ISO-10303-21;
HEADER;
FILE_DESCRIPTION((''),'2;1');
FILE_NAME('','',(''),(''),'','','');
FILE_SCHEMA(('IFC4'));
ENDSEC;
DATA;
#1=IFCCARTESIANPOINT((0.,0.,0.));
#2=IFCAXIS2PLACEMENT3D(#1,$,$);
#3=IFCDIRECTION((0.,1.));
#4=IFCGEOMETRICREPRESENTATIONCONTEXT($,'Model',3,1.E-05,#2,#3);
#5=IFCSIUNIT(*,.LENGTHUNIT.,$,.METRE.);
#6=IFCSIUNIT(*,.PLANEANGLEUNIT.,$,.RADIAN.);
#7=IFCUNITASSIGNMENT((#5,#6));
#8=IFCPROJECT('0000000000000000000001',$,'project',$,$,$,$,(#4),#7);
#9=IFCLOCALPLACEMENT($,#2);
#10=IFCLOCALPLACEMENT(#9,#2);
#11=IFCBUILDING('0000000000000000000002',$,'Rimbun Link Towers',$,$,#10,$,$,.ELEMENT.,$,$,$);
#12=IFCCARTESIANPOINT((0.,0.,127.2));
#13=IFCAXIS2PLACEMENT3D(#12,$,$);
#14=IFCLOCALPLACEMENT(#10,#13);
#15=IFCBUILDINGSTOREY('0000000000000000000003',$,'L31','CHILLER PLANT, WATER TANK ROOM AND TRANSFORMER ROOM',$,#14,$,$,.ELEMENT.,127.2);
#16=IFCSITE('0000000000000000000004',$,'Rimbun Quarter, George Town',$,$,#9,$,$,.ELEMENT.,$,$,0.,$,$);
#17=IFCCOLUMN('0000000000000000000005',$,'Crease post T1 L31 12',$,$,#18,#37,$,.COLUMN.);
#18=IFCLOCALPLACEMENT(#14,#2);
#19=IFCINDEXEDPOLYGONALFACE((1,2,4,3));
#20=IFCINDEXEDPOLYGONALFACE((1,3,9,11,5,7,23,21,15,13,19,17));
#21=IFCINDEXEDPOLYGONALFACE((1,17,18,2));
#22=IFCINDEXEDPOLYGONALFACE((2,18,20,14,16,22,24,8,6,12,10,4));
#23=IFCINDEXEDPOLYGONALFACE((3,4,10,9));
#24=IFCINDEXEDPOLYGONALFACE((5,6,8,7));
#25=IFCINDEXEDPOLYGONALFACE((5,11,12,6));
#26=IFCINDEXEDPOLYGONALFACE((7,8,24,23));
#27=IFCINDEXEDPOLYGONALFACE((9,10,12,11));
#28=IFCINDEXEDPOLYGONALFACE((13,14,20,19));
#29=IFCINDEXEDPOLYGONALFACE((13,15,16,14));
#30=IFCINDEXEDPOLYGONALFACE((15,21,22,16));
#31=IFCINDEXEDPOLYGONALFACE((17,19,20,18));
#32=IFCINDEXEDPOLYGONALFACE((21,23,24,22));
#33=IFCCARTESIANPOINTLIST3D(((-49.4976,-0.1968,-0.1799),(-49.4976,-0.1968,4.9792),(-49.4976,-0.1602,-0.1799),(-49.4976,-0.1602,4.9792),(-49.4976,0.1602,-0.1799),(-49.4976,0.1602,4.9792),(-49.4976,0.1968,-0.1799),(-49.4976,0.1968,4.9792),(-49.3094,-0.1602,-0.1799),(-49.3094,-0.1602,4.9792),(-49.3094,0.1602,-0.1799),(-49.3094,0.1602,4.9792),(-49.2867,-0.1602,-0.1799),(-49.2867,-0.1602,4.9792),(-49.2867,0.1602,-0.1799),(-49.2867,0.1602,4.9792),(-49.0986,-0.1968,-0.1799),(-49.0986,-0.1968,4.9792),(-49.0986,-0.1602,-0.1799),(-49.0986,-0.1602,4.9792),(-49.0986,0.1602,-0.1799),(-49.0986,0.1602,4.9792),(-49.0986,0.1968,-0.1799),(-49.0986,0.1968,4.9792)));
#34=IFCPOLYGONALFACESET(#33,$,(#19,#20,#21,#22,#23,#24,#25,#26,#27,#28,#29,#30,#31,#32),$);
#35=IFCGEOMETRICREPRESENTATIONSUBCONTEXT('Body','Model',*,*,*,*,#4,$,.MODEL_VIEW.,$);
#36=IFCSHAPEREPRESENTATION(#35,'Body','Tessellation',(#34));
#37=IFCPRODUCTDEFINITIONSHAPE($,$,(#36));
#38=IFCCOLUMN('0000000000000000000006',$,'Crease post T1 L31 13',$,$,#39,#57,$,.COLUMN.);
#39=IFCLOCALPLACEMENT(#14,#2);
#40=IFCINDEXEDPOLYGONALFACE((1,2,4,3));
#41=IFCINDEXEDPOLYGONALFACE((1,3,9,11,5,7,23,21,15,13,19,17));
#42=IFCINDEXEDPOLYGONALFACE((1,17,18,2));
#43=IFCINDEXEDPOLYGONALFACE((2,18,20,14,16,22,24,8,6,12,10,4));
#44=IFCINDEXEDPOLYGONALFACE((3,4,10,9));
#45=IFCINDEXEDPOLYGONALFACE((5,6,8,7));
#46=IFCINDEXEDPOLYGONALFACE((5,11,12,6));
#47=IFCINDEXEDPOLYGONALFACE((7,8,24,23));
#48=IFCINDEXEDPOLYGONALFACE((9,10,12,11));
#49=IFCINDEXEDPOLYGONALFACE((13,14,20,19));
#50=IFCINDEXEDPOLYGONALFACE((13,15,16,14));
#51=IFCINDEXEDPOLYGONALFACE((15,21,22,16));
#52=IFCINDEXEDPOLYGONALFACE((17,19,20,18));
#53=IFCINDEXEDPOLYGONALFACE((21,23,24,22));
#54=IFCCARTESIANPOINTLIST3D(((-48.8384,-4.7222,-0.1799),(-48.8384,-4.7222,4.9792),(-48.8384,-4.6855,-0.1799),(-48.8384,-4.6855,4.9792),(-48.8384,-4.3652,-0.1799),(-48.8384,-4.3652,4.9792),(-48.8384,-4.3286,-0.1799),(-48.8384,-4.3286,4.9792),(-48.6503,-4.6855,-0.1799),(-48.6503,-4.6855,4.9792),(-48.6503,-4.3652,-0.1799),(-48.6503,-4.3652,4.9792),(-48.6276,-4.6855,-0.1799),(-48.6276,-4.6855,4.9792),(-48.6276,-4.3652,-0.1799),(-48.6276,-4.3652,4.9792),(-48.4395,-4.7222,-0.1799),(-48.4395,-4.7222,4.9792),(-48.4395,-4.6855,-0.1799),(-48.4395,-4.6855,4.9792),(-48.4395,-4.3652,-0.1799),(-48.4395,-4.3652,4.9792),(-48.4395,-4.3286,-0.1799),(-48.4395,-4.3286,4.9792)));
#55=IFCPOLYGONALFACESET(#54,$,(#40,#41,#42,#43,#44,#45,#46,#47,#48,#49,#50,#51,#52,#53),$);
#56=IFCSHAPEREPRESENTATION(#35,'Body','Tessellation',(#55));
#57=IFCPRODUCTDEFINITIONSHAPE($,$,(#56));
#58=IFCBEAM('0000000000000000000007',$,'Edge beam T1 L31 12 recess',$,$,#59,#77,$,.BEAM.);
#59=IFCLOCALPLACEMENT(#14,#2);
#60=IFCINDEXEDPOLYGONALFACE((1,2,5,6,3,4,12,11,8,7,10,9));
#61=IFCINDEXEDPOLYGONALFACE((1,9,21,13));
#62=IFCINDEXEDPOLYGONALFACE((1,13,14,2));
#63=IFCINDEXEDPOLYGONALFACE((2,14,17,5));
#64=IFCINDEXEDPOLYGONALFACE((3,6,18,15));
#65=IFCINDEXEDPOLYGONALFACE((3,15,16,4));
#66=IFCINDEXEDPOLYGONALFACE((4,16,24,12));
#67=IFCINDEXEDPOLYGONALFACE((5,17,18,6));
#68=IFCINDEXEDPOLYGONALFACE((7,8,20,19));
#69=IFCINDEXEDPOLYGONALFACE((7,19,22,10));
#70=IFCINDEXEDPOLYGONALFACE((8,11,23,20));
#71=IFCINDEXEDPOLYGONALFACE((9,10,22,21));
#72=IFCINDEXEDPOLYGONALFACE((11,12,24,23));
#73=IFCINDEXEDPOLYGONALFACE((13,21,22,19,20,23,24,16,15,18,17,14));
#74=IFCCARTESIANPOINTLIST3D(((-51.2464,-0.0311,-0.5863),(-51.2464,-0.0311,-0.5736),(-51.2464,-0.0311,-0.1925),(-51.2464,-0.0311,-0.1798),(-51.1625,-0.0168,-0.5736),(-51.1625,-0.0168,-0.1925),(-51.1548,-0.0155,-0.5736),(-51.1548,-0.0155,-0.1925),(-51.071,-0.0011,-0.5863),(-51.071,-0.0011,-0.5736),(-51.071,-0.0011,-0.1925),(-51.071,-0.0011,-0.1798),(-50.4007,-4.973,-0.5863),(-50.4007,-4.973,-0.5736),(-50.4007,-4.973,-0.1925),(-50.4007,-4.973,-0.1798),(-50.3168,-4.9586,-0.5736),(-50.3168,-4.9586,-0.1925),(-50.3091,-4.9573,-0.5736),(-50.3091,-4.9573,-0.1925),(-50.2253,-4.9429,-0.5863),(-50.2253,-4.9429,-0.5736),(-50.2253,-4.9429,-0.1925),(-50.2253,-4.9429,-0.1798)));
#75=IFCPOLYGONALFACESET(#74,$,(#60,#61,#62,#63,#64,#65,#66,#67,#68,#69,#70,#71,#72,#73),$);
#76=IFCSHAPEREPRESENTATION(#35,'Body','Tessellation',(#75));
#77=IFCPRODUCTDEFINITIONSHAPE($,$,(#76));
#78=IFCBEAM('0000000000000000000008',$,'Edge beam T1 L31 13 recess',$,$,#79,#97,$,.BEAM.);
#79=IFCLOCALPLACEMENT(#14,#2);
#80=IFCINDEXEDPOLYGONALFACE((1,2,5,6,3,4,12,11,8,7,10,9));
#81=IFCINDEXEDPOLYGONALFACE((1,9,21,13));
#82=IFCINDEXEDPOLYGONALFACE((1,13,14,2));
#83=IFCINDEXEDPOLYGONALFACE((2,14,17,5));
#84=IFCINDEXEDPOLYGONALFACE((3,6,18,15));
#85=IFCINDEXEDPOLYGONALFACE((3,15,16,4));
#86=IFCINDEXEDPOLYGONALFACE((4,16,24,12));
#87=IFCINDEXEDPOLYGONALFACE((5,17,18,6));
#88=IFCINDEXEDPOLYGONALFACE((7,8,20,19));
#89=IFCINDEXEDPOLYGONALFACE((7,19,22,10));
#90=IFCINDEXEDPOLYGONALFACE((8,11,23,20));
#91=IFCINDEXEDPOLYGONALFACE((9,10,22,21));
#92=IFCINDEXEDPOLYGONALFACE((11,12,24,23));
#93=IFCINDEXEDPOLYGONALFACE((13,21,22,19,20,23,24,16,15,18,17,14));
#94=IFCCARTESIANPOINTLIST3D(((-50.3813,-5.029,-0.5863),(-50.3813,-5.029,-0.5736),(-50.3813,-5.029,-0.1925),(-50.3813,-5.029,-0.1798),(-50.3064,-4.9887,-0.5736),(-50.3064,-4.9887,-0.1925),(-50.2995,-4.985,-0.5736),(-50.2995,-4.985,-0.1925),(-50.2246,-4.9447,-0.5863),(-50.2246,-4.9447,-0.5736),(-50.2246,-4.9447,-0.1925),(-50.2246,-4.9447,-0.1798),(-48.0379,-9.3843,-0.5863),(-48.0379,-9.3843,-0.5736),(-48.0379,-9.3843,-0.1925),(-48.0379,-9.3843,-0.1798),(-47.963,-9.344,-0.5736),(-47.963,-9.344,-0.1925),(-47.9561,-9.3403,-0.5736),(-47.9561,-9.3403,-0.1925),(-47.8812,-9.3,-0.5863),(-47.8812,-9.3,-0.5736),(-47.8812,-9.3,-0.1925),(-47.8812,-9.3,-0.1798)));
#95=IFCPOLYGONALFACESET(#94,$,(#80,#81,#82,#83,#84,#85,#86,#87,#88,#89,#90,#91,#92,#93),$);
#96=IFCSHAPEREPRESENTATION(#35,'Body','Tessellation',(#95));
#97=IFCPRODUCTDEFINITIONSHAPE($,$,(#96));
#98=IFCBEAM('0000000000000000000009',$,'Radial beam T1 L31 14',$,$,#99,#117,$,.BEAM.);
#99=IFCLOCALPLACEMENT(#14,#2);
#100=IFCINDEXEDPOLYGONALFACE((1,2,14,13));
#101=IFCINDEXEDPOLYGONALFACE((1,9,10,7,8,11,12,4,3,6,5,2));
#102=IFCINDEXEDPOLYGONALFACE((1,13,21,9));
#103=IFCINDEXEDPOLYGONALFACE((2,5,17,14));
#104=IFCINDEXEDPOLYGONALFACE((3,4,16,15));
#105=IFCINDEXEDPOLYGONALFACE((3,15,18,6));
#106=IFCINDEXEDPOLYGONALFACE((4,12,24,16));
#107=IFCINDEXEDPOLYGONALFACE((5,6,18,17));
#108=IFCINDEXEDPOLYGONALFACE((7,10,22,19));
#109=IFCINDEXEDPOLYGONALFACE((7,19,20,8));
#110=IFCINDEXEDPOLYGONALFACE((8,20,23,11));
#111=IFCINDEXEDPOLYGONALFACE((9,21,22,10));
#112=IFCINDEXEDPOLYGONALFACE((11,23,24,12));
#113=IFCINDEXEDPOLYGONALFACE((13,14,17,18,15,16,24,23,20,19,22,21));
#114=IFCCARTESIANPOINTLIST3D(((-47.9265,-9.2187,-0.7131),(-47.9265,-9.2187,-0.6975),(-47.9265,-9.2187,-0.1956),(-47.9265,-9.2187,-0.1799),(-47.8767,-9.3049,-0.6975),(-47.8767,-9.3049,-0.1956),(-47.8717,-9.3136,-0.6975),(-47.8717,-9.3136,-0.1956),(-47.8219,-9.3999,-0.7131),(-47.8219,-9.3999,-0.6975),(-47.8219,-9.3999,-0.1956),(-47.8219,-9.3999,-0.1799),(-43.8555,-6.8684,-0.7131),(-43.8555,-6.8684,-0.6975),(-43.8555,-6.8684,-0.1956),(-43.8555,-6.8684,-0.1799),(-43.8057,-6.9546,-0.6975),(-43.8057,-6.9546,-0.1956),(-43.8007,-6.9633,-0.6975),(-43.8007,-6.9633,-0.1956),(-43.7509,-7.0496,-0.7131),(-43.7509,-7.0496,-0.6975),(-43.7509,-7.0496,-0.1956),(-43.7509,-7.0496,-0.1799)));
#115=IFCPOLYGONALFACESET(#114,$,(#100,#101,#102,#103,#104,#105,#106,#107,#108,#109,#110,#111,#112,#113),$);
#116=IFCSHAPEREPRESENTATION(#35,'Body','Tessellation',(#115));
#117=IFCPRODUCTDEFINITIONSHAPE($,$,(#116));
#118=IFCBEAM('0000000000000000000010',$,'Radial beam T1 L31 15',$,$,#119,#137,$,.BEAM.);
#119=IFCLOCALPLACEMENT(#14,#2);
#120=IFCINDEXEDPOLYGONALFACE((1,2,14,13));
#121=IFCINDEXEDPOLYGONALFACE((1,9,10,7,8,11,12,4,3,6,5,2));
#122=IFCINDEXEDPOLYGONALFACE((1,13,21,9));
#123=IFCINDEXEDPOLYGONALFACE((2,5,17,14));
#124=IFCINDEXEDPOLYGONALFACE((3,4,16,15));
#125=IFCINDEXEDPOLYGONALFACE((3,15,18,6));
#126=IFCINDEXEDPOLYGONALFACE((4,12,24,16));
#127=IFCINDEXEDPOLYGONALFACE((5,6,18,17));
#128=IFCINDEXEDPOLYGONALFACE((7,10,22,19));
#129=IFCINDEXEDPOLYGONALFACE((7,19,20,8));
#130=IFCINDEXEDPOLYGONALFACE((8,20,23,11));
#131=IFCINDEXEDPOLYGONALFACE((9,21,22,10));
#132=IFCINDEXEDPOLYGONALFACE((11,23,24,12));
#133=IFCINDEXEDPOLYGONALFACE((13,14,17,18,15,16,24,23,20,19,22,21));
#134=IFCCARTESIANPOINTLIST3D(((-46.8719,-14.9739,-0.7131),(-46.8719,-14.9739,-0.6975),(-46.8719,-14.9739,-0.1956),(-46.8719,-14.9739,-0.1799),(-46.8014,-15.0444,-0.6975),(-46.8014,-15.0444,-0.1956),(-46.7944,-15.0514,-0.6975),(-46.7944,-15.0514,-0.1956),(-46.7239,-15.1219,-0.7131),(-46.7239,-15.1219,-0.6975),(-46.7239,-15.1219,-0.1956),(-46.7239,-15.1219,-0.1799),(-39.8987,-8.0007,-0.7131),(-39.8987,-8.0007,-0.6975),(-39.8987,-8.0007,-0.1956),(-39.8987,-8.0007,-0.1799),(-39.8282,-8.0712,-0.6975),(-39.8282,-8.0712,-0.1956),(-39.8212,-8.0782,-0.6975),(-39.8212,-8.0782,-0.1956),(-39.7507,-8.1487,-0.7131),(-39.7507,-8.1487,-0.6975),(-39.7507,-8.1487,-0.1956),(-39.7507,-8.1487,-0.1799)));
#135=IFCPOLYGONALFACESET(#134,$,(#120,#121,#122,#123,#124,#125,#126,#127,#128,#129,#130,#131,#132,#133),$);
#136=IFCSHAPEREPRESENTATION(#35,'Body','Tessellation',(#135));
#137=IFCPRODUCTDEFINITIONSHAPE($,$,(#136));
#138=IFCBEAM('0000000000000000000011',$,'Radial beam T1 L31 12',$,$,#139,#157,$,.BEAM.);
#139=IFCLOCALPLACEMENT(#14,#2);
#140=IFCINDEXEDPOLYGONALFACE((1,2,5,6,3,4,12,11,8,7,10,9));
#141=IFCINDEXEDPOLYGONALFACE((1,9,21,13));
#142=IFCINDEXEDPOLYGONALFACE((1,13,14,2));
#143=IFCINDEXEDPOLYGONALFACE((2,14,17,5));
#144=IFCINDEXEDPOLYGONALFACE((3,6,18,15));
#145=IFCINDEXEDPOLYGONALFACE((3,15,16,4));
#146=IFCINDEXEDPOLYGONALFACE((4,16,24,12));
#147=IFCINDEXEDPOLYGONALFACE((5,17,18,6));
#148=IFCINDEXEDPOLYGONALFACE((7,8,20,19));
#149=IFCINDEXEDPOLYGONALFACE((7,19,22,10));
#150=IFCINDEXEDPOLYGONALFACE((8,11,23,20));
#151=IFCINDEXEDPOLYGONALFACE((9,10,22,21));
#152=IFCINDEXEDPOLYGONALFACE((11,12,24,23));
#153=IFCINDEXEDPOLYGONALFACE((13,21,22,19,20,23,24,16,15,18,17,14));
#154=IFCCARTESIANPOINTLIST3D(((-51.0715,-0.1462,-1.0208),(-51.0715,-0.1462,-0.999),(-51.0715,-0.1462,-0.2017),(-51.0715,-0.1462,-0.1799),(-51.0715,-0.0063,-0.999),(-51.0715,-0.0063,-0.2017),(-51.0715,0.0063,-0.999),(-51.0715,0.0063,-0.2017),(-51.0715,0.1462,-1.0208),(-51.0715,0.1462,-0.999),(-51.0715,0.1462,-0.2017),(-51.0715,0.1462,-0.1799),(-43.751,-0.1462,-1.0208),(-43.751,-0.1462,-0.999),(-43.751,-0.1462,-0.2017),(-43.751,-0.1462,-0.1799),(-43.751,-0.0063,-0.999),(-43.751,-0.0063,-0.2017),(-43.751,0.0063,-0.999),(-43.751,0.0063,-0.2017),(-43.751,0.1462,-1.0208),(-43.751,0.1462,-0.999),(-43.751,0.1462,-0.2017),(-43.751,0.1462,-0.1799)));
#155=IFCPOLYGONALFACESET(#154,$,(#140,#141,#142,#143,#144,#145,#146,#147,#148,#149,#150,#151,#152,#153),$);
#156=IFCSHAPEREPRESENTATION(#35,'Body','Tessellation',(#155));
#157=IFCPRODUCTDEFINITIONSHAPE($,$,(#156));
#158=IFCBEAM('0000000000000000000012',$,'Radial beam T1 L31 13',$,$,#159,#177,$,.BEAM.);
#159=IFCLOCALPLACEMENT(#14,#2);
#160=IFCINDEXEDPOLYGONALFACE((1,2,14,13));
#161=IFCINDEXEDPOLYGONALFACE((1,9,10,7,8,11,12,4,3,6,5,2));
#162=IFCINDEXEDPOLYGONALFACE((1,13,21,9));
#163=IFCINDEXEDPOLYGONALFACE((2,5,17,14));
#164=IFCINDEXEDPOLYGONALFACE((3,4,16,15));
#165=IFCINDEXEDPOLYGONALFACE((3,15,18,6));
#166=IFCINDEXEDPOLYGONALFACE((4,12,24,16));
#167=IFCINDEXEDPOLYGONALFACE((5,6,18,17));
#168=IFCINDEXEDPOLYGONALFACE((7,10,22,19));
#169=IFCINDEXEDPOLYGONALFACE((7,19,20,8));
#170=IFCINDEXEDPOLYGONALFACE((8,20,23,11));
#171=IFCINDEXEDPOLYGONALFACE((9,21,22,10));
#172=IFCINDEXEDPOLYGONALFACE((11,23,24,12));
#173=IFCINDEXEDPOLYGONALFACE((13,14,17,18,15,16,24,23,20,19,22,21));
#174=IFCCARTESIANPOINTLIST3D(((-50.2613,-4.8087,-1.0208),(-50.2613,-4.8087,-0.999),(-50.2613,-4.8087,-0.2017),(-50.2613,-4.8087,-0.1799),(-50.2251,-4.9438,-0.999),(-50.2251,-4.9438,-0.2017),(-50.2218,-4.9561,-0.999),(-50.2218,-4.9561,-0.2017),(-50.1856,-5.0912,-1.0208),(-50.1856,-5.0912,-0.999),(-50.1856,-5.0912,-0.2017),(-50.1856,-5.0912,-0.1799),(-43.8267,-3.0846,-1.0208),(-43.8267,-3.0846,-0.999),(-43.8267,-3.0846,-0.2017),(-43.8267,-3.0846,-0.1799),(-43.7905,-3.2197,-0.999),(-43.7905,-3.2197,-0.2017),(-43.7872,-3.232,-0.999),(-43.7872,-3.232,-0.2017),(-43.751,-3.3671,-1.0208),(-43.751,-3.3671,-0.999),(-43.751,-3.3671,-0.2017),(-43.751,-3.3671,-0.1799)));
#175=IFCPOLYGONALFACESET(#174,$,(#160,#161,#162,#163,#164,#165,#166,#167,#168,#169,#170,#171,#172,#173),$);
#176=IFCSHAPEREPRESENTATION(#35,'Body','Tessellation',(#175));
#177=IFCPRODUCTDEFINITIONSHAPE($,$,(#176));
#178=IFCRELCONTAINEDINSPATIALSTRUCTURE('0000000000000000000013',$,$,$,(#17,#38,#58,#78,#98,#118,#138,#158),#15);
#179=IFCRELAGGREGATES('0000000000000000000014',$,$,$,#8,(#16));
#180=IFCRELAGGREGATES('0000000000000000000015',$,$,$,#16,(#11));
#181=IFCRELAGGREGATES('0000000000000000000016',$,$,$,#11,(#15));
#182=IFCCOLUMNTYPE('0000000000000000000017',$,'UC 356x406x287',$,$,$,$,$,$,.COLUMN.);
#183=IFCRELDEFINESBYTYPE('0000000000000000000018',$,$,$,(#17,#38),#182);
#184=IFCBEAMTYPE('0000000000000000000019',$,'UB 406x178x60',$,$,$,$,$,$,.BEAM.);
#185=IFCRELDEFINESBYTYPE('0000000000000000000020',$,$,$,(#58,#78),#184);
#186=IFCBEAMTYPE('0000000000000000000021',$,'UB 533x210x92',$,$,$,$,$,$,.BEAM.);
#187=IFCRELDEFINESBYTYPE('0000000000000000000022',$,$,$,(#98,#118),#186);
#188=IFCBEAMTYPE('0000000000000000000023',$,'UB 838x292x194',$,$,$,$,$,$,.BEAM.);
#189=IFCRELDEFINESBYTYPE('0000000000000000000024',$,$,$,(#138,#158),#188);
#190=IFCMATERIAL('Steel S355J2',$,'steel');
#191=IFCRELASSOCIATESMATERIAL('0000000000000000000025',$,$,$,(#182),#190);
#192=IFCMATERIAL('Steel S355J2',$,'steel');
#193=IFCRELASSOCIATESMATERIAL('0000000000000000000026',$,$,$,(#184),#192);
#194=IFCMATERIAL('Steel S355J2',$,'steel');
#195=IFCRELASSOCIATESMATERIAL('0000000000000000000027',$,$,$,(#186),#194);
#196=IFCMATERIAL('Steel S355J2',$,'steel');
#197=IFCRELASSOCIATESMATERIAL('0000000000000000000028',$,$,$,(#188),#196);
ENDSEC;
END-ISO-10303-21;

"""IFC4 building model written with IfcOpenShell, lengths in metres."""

from ifc_helpers import new_model, si_unit, direction, frame, origin, origin_2d, place, context, subcontext, project, spatial, i_section, extrude, material, material_profile, profile_set, type_object, element, save


model = new_model("IFC4")

# Units and contexts
model_context = context("Model", 3, precision=1e-05, world=origin(), true_north=direction((0.0, 1.0)))
body_context = subcontext(model_context, "Body", "Model", "MODEL_VIEW")
ifc_project = project(units=[si_unit("LENGTHUNIT", "METRE"), si_unit("PLANEANGLEUNIT", "RADIAN")], contexts=[model_context])

# Site, building, storey
site_placement = place(None, origin())
site = spatial("IfcSite", under=ifc_project, at=site_placement, Name="Rimbun Quarter, George Town", CompositionType="ELEMENT", RefElevation=0.0)
building_placement = place(site_placement, origin())
building = spatial("IfcBuilding", under=site, at=building_placement, Name="Rimbun Link Towers", CompositionType="ELEMENT")
storey_placement = place(building_placement, frame((0.0, 0.0, 127.2)))
storey = spatial("IfcBuildingStorey", under=building, at=storey_placement, Name="L31", Description="CHILLER PLANT, WATER TANK ROOM AND TRANSFORMER ROOM", CompositionType="ELEMENT", Elevation=127.2)

# Columns
ifc_material_1 = material(Name="Steel S355J2", Category="steel")
ifc_material_profile_1 = material_profile(ifc_material_1, i_section(OverallWidth=0.3989, OverallDepth=0.3936, WebThickness=0.0227, FlangeThickness=0.0366, at=origin_2d()), Name="UC 356x406x287")
ifc_profile_set_1 = profile_set([ifc_material_profile_1], Name="Steel S355J2")
column_type = type_object("IfcColumnType", Name="UC 356x406x287", PredefinedType="COLUMN", material=ifc_profile_set_1)
for number, where, z_axis, x_axis, name in (
    (1, (-49.2981, 0.0, -0.1799), (0.0, 0.0, 1.0), (1.0, 0.0, 0.0), "Crease post T1 L31 12"),
    (2, (-48.6389, -4.5254, -0.1799), (0.0, 0.0, 1.0), (1.0, 0.0, 0.0), "Crease post T1 L31 13"),
):
    element("IfcColumn", number, at=place(storey_placement, frame(where, z_axis=z_axis, x_axis=x_axis)), inside=storey, type_object=column_type, Name=name, PredefinedType="COLUMN", context=body_context, shape_type="SweptSolid", body=[
        extrude(i_section(OverallWidth=0.3989, OverallDepth=0.3936, WebThickness=0.0227, FlangeThickness=0.0366, at=origin_2d()), origin(), (0.0, 0.0, 1.0), 5.1592),
    ])

# Beams
ifc_material_2 = material(Name="Steel S355J2", Category="steel")
ifc_material_profile_2 = material_profile(ifc_material_2, i_section(OverallWidth=0.178, OverallDepth=0.4065, WebThickness=0.0078, FlangeThickness=0.0127, at=origin_2d()), Name="UB 406x178x60")
ifc_profile_set_2 = profile_set([ifc_material_profile_2], Name="Steel S355J2")
beam_type_1 = type_object("IfcBeamType", Name="UB 406x178x60", PredefinedType="BEAM", material=ifc_profile_set_2)
beam_1_placement = place(storey_placement, frame((-51.1587, -0.0161, -0.3831), z_axis=(0.168677, -0.985671, 0.0), x_axis=(0.985671, 0.168677, 0.0)))
element("IfcBeam", 3, at=beam_1_placement, inside=storey, type_object=beam_type_1, Name="Edge beam T1 L31 12 recess", PredefinedType="BEAM", context=body_context, shape_type="SweptSolid", body=[
    extrude(i_section(OverallWidth=0.178, OverallDepth=0.4065, WebThickness=0.0078, FlangeThickness=0.0127, at=origin_2d()), origin(), (0.0, 0.0, 1.0), 5.0137),
])
beam_2_placement = place(storey_placement, frame((-50.303, -4.9868, -0.3831), z_axis=(0.473826, -0.880618, 0.0), x_axis=(0.880618, 0.473826, 0.0)))
element("IfcBeam", 4, at=beam_2_placement, inside=storey, type_object=beam_type_1, Name="Edge beam T1 L31 13 recess", PredefinedType="BEAM", context=body_context, shape_type="SweptSolid", body=[
    extrude(i_section(OverallWidth=0.178, OverallDepth=0.4065, WebThickness=0.0078, FlangeThickness=0.0127, at=origin_2d()), origin(), (0.0, 0.0, 1.0), 4.9458),
])
ifc_material_3 = material(Name="Steel S355J2", Category="steel")
ifc_material_profile_3 = material_profile(ifc_material_3, i_section(OverallWidth=0.2092, OverallDepth=0.5332, WebThickness=0.01, FlangeThickness=0.0156, at=origin_2d()), Name="UB 533x210x92")
ifc_profile_set_3 = profile_set([ifc_material_profile_3], Name="Steel S355J2")
beam_type_2 = type_object("IfcBeamType", Name="UB 533x210x92", PredefinedType="BEAM", material=ifc_profile_set_3)
beam_3_placement = place(storey_placement, frame((-43.8032, -6.959, -0.4465), z_axis=(-0.866033, -0.499988, 0.0), x_axis=(0.499988, -0.866033, 0.0)))
element("IfcBeam", 5, at=beam_3_placement, inside=storey, type_object=beam_type_2, Name="Radial beam T1 L31 14", PredefinedType="BEAM", context=body_context, shape_type="SweptSolid", body=[
    extrude(i_section(OverallWidth=0.2092, OverallDepth=0.5332, WebThickness=0.01, FlangeThickness=0.0156, at=origin_2d()), origin(), (0.0, 0.0, 1.0), 4.7007),
])
beam_4_placement = place(storey_placement, frame((-39.8247, -8.0747, -0.4465), z_axis=(-0.707107, -0.707107, 0.0), x_axis=(0.707107, -0.707107, 0.0)))
element("IfcBeam", 6, at=beam_4_placement, inside=storey, type_object=beam_type_2, Name="Radial beam T1 L31 15", PredefinedType="BEAM", context=body_context, shape_type="SweptSolid", body=[
    extrude(i_section(OverallWidth=0.2092, OverallDepth=0.5332, WebThickness=0.01, FlangeThickness=0.0156, at=origin_2d()), origin(), (0.0, 0.0, 1.0), 9.8616),
])
ifc_material_4 = material(Name="Steel S355J2", Category="steel")
ifc_material_profile_4 = material_profile(ifc_material_4, i_section(OverallWidth=0.2925, OverallDepth=0.8408, WebThickness=0.0127, FlangeThickness=0.0217, at=origin_2d()), Name="UB 838x292x194")
ifc_profile_set_4 = profile_set([ifc_material_profile_4], Name="Steel S355J2")
beam_type_3 = type_object("IfcBeamType", Name="UB 838x292x194", PredefinedType="BEAM", material=ifc_profile_set_4)
beam_5_placement = place(storey_placement, frame((-43.751, 0.0, -0.6003), z_axis=(-1.0, 0.0, 0.0), x_axis=(0.0, -1.0, 0.0)))
element("IfcBeam", 7, at=beam_5_placement, inside=storey, type_object=beam_type_3, Name="Radial beam T1 L31 12", PredefinedType="BEAM", context=body_context, shape_type="SweptSolid", body=[
    extrude(i_section(OverallWidth=0.2925, OverallDepth=0.8408, WebThickness=0.0127, FlangeThickness=0.0217, at=origin_2d()), origin(), (0.0, 0.0, 1.0), 7.3206),
])
beam_6_placement = place(storey_placement, frame((-43.7888, -3.2258, -0.6003), z_axis=(-0.965926, -0.258817, 0.0), x_axis=(0.258817, -0.965926, 0.0)))
element("IfcBeam", 8, at=beam_6_placement, inside=storey, type_object=beam_type_3, Name="Radial beam T1 L31 13", PredefinedType="BEAM", context=body_context, shape_type="SweptSolid", body=[
    extrude(i_section(OverallWidth=0.2925, OverallDepth=0.8408, WebThickness=0.0127, FlangeThickness=0.0217, at=origin_2d()), origin(), (0.0, 0.0, 1.0), 6.6616),
])

save(model, "model.ifc")
